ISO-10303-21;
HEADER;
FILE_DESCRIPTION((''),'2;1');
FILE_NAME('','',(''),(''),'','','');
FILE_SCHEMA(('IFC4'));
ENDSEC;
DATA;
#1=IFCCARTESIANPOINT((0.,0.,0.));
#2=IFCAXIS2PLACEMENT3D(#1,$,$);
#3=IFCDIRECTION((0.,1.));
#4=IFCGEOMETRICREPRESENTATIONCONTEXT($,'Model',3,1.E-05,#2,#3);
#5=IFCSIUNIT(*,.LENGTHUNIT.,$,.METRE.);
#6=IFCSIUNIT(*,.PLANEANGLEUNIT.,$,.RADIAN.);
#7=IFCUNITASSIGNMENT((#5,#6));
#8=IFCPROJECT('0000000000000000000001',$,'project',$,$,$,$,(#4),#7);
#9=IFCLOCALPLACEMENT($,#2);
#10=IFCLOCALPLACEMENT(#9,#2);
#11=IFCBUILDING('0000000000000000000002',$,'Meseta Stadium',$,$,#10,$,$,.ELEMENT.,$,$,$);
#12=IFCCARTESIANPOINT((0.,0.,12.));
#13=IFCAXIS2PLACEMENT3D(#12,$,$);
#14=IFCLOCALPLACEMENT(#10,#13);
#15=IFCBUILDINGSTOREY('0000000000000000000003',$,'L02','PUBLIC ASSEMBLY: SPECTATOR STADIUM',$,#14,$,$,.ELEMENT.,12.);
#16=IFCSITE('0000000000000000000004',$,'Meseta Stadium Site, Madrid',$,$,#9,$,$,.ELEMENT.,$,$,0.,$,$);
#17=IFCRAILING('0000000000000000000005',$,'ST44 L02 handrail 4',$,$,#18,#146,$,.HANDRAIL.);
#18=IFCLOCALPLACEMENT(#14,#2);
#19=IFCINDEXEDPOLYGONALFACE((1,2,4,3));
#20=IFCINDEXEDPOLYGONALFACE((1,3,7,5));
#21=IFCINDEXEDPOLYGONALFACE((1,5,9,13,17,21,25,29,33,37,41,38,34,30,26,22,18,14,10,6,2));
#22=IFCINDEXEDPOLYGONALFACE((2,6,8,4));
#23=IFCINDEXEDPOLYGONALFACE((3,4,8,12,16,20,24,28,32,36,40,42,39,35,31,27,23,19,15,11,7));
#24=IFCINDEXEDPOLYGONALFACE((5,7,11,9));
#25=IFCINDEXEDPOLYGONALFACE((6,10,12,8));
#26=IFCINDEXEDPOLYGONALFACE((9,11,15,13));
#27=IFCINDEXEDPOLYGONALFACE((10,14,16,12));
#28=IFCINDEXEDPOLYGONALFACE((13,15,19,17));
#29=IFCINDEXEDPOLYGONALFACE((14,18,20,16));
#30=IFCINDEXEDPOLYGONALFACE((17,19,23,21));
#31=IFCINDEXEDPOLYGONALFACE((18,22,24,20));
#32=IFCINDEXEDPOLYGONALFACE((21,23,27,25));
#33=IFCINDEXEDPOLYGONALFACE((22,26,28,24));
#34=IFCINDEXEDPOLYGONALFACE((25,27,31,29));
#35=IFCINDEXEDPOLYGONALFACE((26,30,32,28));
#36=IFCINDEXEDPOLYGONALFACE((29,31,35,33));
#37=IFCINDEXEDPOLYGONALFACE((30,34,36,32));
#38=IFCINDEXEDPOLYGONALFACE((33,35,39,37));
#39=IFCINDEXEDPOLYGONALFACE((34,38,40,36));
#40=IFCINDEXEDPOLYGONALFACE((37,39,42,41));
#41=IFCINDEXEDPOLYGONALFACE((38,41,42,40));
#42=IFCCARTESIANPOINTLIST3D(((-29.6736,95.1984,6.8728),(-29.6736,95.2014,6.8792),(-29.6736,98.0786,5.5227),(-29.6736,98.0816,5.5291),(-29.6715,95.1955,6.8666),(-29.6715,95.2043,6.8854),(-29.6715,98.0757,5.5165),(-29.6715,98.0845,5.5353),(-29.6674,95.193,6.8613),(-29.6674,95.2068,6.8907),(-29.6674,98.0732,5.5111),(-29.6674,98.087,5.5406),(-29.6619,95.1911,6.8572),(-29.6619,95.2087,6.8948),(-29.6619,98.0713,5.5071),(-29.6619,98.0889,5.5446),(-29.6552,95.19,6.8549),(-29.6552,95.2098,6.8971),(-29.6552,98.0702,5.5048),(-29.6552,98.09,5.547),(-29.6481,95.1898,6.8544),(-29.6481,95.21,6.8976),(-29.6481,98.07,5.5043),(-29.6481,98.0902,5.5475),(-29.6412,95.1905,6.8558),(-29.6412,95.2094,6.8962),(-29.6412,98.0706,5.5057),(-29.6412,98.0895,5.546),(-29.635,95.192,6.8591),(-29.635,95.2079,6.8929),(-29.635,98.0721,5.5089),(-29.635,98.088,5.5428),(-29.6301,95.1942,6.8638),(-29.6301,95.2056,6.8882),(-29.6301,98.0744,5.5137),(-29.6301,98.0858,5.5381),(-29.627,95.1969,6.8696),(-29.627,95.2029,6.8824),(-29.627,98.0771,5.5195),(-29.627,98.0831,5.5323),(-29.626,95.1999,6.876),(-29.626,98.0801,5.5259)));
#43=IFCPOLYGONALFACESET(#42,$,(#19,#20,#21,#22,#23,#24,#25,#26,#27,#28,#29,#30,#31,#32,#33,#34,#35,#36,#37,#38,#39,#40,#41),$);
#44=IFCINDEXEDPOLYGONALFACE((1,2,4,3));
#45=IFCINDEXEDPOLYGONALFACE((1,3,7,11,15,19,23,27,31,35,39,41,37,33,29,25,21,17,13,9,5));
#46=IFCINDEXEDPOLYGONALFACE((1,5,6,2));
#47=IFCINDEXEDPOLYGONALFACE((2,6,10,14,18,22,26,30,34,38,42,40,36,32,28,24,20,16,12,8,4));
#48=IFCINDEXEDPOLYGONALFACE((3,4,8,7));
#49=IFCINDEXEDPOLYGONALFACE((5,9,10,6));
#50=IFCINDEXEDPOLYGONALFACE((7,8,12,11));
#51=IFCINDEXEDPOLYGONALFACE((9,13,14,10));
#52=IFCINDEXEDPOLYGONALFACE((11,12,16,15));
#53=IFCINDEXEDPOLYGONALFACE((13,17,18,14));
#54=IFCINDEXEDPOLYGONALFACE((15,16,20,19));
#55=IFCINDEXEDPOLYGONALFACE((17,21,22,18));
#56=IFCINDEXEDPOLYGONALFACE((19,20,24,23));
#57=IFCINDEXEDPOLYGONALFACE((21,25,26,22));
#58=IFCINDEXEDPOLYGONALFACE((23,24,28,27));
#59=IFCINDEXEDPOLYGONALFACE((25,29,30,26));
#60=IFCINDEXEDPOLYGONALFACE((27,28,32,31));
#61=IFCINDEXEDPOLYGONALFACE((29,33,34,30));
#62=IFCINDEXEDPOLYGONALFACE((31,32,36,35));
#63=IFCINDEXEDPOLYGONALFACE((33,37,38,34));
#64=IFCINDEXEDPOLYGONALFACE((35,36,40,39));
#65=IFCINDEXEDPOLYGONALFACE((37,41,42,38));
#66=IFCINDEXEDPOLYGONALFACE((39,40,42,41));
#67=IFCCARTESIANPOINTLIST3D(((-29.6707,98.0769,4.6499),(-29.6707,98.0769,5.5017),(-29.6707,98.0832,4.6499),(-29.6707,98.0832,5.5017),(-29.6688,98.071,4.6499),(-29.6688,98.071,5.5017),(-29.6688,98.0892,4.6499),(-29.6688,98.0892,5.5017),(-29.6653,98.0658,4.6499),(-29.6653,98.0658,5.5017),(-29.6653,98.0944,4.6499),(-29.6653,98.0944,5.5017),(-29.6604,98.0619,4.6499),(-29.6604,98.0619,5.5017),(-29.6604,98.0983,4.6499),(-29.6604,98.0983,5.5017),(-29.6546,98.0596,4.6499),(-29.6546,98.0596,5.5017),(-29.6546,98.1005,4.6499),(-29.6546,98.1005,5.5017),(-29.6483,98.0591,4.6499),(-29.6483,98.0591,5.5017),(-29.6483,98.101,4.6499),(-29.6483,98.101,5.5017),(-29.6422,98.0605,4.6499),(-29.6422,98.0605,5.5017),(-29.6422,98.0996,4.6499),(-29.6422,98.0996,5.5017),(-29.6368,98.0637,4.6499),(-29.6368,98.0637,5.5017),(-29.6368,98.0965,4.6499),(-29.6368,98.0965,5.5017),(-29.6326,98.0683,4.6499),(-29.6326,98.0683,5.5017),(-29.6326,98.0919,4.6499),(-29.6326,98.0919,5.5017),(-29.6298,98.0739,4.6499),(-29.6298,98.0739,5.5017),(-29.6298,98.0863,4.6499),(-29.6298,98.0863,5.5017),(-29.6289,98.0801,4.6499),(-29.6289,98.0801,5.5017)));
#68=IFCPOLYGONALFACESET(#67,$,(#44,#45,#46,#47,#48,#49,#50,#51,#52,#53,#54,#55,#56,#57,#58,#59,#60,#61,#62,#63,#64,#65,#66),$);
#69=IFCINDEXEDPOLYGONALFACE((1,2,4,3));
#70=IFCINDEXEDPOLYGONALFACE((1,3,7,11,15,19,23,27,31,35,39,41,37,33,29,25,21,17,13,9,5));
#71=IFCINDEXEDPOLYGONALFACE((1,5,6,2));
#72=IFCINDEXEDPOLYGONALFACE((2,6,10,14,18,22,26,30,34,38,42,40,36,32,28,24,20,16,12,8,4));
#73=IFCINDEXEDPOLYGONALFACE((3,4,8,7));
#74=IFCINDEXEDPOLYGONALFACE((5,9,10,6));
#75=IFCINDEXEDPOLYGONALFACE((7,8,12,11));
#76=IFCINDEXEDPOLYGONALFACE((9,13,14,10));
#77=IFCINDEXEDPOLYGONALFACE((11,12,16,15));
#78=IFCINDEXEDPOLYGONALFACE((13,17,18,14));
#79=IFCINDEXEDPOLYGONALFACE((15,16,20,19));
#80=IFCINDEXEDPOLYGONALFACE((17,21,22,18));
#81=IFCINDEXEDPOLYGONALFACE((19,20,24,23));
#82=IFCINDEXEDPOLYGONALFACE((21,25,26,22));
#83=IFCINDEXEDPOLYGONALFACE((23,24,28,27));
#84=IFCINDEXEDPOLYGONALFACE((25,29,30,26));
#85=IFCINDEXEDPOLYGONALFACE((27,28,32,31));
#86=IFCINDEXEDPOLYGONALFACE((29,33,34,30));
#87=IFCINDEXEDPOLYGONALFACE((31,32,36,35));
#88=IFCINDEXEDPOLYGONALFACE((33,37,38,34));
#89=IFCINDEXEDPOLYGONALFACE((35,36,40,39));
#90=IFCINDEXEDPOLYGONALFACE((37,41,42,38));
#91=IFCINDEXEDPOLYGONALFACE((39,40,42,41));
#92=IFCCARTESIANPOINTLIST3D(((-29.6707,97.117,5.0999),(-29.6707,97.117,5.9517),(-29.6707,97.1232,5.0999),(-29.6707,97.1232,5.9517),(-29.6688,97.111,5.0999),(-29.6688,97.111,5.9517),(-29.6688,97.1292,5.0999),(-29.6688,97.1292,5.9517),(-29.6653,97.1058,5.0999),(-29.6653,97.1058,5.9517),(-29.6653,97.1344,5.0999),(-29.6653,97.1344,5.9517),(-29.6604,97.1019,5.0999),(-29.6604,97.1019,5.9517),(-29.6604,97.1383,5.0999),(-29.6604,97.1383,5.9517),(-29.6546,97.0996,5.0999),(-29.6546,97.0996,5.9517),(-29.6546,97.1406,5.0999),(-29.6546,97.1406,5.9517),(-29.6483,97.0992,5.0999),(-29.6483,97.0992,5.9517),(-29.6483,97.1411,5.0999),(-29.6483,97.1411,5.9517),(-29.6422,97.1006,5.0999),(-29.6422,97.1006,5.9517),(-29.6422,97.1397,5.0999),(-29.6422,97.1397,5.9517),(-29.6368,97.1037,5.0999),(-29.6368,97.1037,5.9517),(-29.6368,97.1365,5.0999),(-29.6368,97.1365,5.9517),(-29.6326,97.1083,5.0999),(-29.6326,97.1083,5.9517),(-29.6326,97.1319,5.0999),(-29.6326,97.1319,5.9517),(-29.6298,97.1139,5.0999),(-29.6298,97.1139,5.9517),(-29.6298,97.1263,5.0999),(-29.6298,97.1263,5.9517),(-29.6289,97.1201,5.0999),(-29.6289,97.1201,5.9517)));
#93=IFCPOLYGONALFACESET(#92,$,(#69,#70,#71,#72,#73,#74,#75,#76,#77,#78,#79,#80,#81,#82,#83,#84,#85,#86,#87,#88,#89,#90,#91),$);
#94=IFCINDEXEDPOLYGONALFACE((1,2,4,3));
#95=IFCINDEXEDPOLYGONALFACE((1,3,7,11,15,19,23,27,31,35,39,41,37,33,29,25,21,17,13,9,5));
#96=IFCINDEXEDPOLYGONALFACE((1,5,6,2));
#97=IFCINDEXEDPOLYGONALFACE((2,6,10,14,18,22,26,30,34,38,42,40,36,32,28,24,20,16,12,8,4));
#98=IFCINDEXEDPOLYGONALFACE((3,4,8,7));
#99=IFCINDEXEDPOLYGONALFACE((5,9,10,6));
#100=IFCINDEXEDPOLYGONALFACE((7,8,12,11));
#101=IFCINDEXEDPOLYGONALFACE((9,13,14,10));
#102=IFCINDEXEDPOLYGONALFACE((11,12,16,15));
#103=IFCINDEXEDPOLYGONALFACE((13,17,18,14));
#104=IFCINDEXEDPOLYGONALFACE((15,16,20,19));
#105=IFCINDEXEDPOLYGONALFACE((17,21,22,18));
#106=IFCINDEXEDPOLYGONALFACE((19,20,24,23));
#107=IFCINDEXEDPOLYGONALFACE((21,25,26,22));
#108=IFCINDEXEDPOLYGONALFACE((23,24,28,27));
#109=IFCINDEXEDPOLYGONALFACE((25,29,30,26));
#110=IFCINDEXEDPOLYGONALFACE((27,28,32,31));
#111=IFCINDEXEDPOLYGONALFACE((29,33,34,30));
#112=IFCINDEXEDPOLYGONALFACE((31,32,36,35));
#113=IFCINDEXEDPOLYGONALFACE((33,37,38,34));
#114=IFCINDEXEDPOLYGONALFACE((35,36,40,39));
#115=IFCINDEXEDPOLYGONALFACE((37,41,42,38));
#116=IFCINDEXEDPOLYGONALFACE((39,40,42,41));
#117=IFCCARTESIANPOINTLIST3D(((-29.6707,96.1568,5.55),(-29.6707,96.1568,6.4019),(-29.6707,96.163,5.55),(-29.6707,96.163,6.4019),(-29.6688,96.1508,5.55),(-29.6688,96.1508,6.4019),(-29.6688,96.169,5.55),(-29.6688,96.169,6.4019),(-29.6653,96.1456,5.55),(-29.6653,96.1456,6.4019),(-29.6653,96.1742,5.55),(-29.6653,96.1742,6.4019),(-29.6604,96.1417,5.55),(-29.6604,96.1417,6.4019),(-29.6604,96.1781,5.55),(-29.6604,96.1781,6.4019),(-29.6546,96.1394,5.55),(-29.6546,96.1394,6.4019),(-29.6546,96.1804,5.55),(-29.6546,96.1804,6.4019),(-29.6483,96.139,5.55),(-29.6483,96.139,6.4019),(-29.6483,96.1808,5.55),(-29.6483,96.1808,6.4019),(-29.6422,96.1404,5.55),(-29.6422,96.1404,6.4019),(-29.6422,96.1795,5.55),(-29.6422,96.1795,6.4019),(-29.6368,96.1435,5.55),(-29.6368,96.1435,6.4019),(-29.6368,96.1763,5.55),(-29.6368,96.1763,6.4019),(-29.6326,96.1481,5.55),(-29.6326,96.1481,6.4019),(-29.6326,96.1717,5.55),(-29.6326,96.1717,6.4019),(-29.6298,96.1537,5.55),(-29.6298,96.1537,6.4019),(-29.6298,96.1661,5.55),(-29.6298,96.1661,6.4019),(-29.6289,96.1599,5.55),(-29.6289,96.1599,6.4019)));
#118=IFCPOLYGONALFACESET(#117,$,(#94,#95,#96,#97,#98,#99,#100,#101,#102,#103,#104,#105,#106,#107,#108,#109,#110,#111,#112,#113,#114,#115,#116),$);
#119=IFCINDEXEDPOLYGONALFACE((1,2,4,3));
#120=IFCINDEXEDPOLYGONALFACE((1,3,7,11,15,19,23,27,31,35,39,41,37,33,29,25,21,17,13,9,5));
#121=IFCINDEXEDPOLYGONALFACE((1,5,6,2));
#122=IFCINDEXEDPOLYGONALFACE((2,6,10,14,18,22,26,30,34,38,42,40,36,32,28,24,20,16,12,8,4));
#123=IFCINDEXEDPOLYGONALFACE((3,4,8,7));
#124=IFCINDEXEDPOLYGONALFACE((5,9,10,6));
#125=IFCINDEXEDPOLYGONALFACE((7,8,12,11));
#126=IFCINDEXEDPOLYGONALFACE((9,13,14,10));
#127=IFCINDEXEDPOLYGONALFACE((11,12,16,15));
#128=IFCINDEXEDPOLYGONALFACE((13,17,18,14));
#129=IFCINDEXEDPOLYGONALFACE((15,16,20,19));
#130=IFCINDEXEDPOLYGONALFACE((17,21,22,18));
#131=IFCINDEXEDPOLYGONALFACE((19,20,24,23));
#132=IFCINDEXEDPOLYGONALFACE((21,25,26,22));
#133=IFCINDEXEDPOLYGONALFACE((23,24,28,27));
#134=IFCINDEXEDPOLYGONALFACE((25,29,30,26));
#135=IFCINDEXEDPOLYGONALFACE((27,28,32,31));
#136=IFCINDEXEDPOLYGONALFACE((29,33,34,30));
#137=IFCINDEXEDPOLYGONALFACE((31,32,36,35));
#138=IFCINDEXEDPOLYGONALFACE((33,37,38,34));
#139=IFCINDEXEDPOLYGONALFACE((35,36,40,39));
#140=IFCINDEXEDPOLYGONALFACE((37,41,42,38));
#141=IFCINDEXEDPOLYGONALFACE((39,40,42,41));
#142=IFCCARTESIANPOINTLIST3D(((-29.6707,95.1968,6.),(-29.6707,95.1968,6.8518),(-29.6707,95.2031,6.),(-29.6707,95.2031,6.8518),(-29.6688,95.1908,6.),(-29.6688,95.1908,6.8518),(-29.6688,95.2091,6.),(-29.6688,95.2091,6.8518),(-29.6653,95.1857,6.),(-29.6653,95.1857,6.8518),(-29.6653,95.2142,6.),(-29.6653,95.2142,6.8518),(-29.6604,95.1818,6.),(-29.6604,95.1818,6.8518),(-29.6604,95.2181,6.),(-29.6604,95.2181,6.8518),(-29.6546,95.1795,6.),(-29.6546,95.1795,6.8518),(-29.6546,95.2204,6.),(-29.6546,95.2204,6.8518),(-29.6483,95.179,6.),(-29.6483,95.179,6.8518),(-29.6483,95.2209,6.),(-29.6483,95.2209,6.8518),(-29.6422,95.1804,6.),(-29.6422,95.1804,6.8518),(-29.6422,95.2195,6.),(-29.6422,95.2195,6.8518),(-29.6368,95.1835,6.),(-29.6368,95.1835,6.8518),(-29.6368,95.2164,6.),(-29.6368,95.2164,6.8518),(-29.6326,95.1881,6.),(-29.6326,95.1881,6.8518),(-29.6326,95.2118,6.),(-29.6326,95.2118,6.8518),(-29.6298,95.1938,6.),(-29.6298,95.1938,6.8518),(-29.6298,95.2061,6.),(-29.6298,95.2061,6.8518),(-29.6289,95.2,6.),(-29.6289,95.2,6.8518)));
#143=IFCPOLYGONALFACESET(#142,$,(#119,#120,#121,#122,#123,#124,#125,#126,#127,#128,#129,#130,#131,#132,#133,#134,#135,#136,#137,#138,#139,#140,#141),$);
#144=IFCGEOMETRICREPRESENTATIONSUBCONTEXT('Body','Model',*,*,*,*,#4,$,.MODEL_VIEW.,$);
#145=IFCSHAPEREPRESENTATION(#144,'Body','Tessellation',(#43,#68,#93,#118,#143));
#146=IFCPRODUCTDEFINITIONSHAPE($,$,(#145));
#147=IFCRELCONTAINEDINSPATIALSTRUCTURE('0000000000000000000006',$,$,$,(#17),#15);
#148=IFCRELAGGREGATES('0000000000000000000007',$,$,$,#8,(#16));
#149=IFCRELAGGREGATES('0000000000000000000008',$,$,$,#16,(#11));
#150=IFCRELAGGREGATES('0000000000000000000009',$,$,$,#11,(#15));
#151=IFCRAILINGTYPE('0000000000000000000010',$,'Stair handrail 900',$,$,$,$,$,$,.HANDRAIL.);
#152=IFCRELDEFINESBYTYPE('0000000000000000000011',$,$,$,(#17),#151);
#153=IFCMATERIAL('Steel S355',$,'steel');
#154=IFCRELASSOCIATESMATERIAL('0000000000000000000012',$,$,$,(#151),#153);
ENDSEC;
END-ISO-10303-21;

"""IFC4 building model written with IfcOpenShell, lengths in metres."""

from ifc_helpers import new_model, si_unit, direction, frame, origin, origin_2d, place, context, subcontext, project, spatial, circle, extrude, material, type_object, element, save


model = new_model("IFC4")

# Units and contexts
model_context = context("Model", 3, precision=1e-05, world=origin(), true_north=direction((0.0, 1.0)))
body_context = subcontext(model_context, "Body", "Model", "MODEL_VIEW")
ifc_project = project(units=[si_unit("LENGTHUNIT", "METRE"), si_unit("PLANEANGLEUNIT", "RADIAN")], contexts=[model_context])

# Site, building, storey
site_placement = place(None, origin())
site = spatial("IfcSite", under=ifc_project, at=site_placement, Name="Meseta Stadium Site, Madrid", CompositionType="ELEMENT", RefElevation=0.0)
building_placement = place(site_placement, origin())
building = spatial("IfcBuilding", under=site, at=building_placement, Name="Meseta Stadium", CompositionType="ELEMENT")
storey_placement = place(building_placement, frame((0.0, 0.0, 12.0)))
storey = spatial("IfcBuildingStorey", under=building, at=storey_placement, Name="L02", Description="PUBLIC ASSEMBLY: SPECTATOR STADIUM", CompositionType="ELEMENT", Elevation=12.0)

# Railing
ifc_material_1 = material(Name="Steel S355", Category="steel")
railing_type_1 = type_object("IfcRailingType", Name="Stair handrail 900", PredefinedType="HANDRAIL", material=ifc_material_1)
railing_1_placement = place(storey_placement, frame((-29.6499, 98.0801, 4.6499)))
element("IfcRailing", 1, at=railing_1_placement, inside=storey, type_object=railing_type_1, Name="ST44 L02 handrail 4", PredefinedType="HANDRAIL", context=body_context, shape_type="SweptSolid", body=[
    extrude(circle(Radius=0.0239, at=origin_2d()), frame((0.0, 0.0, 0.876), z_axis=(0.0, -0.905454, 0.424444), x_axis=(1.0, 0.0, 0.0)), (0.0, 0.0, 1.0), 3.1809),
    extrude(circle(Radius=0.021, at=origin_2d()), origin(), (0.0, 0.0, 1.0), 0.8518),
    extrude(circle(Radius=0.021, at=origin_2d()), frame((0.0, -0.96, 0.45)), (0.0, 0.0, 1.0), 0.8518),
    extrude(circle(Radius=0.021, at=origin_2d()), frame((0.0, -1.9202, 0.9001)), (0.0, 0.0, 1.0), 0.8518),
    extrude(circle(Radius=0.021, at=origin_2d()), frame((0.0, -2.8801, 1.3501)), (0.0, 0.0, 1.0), 0.8518),
])

save(model, "model.ifc")
